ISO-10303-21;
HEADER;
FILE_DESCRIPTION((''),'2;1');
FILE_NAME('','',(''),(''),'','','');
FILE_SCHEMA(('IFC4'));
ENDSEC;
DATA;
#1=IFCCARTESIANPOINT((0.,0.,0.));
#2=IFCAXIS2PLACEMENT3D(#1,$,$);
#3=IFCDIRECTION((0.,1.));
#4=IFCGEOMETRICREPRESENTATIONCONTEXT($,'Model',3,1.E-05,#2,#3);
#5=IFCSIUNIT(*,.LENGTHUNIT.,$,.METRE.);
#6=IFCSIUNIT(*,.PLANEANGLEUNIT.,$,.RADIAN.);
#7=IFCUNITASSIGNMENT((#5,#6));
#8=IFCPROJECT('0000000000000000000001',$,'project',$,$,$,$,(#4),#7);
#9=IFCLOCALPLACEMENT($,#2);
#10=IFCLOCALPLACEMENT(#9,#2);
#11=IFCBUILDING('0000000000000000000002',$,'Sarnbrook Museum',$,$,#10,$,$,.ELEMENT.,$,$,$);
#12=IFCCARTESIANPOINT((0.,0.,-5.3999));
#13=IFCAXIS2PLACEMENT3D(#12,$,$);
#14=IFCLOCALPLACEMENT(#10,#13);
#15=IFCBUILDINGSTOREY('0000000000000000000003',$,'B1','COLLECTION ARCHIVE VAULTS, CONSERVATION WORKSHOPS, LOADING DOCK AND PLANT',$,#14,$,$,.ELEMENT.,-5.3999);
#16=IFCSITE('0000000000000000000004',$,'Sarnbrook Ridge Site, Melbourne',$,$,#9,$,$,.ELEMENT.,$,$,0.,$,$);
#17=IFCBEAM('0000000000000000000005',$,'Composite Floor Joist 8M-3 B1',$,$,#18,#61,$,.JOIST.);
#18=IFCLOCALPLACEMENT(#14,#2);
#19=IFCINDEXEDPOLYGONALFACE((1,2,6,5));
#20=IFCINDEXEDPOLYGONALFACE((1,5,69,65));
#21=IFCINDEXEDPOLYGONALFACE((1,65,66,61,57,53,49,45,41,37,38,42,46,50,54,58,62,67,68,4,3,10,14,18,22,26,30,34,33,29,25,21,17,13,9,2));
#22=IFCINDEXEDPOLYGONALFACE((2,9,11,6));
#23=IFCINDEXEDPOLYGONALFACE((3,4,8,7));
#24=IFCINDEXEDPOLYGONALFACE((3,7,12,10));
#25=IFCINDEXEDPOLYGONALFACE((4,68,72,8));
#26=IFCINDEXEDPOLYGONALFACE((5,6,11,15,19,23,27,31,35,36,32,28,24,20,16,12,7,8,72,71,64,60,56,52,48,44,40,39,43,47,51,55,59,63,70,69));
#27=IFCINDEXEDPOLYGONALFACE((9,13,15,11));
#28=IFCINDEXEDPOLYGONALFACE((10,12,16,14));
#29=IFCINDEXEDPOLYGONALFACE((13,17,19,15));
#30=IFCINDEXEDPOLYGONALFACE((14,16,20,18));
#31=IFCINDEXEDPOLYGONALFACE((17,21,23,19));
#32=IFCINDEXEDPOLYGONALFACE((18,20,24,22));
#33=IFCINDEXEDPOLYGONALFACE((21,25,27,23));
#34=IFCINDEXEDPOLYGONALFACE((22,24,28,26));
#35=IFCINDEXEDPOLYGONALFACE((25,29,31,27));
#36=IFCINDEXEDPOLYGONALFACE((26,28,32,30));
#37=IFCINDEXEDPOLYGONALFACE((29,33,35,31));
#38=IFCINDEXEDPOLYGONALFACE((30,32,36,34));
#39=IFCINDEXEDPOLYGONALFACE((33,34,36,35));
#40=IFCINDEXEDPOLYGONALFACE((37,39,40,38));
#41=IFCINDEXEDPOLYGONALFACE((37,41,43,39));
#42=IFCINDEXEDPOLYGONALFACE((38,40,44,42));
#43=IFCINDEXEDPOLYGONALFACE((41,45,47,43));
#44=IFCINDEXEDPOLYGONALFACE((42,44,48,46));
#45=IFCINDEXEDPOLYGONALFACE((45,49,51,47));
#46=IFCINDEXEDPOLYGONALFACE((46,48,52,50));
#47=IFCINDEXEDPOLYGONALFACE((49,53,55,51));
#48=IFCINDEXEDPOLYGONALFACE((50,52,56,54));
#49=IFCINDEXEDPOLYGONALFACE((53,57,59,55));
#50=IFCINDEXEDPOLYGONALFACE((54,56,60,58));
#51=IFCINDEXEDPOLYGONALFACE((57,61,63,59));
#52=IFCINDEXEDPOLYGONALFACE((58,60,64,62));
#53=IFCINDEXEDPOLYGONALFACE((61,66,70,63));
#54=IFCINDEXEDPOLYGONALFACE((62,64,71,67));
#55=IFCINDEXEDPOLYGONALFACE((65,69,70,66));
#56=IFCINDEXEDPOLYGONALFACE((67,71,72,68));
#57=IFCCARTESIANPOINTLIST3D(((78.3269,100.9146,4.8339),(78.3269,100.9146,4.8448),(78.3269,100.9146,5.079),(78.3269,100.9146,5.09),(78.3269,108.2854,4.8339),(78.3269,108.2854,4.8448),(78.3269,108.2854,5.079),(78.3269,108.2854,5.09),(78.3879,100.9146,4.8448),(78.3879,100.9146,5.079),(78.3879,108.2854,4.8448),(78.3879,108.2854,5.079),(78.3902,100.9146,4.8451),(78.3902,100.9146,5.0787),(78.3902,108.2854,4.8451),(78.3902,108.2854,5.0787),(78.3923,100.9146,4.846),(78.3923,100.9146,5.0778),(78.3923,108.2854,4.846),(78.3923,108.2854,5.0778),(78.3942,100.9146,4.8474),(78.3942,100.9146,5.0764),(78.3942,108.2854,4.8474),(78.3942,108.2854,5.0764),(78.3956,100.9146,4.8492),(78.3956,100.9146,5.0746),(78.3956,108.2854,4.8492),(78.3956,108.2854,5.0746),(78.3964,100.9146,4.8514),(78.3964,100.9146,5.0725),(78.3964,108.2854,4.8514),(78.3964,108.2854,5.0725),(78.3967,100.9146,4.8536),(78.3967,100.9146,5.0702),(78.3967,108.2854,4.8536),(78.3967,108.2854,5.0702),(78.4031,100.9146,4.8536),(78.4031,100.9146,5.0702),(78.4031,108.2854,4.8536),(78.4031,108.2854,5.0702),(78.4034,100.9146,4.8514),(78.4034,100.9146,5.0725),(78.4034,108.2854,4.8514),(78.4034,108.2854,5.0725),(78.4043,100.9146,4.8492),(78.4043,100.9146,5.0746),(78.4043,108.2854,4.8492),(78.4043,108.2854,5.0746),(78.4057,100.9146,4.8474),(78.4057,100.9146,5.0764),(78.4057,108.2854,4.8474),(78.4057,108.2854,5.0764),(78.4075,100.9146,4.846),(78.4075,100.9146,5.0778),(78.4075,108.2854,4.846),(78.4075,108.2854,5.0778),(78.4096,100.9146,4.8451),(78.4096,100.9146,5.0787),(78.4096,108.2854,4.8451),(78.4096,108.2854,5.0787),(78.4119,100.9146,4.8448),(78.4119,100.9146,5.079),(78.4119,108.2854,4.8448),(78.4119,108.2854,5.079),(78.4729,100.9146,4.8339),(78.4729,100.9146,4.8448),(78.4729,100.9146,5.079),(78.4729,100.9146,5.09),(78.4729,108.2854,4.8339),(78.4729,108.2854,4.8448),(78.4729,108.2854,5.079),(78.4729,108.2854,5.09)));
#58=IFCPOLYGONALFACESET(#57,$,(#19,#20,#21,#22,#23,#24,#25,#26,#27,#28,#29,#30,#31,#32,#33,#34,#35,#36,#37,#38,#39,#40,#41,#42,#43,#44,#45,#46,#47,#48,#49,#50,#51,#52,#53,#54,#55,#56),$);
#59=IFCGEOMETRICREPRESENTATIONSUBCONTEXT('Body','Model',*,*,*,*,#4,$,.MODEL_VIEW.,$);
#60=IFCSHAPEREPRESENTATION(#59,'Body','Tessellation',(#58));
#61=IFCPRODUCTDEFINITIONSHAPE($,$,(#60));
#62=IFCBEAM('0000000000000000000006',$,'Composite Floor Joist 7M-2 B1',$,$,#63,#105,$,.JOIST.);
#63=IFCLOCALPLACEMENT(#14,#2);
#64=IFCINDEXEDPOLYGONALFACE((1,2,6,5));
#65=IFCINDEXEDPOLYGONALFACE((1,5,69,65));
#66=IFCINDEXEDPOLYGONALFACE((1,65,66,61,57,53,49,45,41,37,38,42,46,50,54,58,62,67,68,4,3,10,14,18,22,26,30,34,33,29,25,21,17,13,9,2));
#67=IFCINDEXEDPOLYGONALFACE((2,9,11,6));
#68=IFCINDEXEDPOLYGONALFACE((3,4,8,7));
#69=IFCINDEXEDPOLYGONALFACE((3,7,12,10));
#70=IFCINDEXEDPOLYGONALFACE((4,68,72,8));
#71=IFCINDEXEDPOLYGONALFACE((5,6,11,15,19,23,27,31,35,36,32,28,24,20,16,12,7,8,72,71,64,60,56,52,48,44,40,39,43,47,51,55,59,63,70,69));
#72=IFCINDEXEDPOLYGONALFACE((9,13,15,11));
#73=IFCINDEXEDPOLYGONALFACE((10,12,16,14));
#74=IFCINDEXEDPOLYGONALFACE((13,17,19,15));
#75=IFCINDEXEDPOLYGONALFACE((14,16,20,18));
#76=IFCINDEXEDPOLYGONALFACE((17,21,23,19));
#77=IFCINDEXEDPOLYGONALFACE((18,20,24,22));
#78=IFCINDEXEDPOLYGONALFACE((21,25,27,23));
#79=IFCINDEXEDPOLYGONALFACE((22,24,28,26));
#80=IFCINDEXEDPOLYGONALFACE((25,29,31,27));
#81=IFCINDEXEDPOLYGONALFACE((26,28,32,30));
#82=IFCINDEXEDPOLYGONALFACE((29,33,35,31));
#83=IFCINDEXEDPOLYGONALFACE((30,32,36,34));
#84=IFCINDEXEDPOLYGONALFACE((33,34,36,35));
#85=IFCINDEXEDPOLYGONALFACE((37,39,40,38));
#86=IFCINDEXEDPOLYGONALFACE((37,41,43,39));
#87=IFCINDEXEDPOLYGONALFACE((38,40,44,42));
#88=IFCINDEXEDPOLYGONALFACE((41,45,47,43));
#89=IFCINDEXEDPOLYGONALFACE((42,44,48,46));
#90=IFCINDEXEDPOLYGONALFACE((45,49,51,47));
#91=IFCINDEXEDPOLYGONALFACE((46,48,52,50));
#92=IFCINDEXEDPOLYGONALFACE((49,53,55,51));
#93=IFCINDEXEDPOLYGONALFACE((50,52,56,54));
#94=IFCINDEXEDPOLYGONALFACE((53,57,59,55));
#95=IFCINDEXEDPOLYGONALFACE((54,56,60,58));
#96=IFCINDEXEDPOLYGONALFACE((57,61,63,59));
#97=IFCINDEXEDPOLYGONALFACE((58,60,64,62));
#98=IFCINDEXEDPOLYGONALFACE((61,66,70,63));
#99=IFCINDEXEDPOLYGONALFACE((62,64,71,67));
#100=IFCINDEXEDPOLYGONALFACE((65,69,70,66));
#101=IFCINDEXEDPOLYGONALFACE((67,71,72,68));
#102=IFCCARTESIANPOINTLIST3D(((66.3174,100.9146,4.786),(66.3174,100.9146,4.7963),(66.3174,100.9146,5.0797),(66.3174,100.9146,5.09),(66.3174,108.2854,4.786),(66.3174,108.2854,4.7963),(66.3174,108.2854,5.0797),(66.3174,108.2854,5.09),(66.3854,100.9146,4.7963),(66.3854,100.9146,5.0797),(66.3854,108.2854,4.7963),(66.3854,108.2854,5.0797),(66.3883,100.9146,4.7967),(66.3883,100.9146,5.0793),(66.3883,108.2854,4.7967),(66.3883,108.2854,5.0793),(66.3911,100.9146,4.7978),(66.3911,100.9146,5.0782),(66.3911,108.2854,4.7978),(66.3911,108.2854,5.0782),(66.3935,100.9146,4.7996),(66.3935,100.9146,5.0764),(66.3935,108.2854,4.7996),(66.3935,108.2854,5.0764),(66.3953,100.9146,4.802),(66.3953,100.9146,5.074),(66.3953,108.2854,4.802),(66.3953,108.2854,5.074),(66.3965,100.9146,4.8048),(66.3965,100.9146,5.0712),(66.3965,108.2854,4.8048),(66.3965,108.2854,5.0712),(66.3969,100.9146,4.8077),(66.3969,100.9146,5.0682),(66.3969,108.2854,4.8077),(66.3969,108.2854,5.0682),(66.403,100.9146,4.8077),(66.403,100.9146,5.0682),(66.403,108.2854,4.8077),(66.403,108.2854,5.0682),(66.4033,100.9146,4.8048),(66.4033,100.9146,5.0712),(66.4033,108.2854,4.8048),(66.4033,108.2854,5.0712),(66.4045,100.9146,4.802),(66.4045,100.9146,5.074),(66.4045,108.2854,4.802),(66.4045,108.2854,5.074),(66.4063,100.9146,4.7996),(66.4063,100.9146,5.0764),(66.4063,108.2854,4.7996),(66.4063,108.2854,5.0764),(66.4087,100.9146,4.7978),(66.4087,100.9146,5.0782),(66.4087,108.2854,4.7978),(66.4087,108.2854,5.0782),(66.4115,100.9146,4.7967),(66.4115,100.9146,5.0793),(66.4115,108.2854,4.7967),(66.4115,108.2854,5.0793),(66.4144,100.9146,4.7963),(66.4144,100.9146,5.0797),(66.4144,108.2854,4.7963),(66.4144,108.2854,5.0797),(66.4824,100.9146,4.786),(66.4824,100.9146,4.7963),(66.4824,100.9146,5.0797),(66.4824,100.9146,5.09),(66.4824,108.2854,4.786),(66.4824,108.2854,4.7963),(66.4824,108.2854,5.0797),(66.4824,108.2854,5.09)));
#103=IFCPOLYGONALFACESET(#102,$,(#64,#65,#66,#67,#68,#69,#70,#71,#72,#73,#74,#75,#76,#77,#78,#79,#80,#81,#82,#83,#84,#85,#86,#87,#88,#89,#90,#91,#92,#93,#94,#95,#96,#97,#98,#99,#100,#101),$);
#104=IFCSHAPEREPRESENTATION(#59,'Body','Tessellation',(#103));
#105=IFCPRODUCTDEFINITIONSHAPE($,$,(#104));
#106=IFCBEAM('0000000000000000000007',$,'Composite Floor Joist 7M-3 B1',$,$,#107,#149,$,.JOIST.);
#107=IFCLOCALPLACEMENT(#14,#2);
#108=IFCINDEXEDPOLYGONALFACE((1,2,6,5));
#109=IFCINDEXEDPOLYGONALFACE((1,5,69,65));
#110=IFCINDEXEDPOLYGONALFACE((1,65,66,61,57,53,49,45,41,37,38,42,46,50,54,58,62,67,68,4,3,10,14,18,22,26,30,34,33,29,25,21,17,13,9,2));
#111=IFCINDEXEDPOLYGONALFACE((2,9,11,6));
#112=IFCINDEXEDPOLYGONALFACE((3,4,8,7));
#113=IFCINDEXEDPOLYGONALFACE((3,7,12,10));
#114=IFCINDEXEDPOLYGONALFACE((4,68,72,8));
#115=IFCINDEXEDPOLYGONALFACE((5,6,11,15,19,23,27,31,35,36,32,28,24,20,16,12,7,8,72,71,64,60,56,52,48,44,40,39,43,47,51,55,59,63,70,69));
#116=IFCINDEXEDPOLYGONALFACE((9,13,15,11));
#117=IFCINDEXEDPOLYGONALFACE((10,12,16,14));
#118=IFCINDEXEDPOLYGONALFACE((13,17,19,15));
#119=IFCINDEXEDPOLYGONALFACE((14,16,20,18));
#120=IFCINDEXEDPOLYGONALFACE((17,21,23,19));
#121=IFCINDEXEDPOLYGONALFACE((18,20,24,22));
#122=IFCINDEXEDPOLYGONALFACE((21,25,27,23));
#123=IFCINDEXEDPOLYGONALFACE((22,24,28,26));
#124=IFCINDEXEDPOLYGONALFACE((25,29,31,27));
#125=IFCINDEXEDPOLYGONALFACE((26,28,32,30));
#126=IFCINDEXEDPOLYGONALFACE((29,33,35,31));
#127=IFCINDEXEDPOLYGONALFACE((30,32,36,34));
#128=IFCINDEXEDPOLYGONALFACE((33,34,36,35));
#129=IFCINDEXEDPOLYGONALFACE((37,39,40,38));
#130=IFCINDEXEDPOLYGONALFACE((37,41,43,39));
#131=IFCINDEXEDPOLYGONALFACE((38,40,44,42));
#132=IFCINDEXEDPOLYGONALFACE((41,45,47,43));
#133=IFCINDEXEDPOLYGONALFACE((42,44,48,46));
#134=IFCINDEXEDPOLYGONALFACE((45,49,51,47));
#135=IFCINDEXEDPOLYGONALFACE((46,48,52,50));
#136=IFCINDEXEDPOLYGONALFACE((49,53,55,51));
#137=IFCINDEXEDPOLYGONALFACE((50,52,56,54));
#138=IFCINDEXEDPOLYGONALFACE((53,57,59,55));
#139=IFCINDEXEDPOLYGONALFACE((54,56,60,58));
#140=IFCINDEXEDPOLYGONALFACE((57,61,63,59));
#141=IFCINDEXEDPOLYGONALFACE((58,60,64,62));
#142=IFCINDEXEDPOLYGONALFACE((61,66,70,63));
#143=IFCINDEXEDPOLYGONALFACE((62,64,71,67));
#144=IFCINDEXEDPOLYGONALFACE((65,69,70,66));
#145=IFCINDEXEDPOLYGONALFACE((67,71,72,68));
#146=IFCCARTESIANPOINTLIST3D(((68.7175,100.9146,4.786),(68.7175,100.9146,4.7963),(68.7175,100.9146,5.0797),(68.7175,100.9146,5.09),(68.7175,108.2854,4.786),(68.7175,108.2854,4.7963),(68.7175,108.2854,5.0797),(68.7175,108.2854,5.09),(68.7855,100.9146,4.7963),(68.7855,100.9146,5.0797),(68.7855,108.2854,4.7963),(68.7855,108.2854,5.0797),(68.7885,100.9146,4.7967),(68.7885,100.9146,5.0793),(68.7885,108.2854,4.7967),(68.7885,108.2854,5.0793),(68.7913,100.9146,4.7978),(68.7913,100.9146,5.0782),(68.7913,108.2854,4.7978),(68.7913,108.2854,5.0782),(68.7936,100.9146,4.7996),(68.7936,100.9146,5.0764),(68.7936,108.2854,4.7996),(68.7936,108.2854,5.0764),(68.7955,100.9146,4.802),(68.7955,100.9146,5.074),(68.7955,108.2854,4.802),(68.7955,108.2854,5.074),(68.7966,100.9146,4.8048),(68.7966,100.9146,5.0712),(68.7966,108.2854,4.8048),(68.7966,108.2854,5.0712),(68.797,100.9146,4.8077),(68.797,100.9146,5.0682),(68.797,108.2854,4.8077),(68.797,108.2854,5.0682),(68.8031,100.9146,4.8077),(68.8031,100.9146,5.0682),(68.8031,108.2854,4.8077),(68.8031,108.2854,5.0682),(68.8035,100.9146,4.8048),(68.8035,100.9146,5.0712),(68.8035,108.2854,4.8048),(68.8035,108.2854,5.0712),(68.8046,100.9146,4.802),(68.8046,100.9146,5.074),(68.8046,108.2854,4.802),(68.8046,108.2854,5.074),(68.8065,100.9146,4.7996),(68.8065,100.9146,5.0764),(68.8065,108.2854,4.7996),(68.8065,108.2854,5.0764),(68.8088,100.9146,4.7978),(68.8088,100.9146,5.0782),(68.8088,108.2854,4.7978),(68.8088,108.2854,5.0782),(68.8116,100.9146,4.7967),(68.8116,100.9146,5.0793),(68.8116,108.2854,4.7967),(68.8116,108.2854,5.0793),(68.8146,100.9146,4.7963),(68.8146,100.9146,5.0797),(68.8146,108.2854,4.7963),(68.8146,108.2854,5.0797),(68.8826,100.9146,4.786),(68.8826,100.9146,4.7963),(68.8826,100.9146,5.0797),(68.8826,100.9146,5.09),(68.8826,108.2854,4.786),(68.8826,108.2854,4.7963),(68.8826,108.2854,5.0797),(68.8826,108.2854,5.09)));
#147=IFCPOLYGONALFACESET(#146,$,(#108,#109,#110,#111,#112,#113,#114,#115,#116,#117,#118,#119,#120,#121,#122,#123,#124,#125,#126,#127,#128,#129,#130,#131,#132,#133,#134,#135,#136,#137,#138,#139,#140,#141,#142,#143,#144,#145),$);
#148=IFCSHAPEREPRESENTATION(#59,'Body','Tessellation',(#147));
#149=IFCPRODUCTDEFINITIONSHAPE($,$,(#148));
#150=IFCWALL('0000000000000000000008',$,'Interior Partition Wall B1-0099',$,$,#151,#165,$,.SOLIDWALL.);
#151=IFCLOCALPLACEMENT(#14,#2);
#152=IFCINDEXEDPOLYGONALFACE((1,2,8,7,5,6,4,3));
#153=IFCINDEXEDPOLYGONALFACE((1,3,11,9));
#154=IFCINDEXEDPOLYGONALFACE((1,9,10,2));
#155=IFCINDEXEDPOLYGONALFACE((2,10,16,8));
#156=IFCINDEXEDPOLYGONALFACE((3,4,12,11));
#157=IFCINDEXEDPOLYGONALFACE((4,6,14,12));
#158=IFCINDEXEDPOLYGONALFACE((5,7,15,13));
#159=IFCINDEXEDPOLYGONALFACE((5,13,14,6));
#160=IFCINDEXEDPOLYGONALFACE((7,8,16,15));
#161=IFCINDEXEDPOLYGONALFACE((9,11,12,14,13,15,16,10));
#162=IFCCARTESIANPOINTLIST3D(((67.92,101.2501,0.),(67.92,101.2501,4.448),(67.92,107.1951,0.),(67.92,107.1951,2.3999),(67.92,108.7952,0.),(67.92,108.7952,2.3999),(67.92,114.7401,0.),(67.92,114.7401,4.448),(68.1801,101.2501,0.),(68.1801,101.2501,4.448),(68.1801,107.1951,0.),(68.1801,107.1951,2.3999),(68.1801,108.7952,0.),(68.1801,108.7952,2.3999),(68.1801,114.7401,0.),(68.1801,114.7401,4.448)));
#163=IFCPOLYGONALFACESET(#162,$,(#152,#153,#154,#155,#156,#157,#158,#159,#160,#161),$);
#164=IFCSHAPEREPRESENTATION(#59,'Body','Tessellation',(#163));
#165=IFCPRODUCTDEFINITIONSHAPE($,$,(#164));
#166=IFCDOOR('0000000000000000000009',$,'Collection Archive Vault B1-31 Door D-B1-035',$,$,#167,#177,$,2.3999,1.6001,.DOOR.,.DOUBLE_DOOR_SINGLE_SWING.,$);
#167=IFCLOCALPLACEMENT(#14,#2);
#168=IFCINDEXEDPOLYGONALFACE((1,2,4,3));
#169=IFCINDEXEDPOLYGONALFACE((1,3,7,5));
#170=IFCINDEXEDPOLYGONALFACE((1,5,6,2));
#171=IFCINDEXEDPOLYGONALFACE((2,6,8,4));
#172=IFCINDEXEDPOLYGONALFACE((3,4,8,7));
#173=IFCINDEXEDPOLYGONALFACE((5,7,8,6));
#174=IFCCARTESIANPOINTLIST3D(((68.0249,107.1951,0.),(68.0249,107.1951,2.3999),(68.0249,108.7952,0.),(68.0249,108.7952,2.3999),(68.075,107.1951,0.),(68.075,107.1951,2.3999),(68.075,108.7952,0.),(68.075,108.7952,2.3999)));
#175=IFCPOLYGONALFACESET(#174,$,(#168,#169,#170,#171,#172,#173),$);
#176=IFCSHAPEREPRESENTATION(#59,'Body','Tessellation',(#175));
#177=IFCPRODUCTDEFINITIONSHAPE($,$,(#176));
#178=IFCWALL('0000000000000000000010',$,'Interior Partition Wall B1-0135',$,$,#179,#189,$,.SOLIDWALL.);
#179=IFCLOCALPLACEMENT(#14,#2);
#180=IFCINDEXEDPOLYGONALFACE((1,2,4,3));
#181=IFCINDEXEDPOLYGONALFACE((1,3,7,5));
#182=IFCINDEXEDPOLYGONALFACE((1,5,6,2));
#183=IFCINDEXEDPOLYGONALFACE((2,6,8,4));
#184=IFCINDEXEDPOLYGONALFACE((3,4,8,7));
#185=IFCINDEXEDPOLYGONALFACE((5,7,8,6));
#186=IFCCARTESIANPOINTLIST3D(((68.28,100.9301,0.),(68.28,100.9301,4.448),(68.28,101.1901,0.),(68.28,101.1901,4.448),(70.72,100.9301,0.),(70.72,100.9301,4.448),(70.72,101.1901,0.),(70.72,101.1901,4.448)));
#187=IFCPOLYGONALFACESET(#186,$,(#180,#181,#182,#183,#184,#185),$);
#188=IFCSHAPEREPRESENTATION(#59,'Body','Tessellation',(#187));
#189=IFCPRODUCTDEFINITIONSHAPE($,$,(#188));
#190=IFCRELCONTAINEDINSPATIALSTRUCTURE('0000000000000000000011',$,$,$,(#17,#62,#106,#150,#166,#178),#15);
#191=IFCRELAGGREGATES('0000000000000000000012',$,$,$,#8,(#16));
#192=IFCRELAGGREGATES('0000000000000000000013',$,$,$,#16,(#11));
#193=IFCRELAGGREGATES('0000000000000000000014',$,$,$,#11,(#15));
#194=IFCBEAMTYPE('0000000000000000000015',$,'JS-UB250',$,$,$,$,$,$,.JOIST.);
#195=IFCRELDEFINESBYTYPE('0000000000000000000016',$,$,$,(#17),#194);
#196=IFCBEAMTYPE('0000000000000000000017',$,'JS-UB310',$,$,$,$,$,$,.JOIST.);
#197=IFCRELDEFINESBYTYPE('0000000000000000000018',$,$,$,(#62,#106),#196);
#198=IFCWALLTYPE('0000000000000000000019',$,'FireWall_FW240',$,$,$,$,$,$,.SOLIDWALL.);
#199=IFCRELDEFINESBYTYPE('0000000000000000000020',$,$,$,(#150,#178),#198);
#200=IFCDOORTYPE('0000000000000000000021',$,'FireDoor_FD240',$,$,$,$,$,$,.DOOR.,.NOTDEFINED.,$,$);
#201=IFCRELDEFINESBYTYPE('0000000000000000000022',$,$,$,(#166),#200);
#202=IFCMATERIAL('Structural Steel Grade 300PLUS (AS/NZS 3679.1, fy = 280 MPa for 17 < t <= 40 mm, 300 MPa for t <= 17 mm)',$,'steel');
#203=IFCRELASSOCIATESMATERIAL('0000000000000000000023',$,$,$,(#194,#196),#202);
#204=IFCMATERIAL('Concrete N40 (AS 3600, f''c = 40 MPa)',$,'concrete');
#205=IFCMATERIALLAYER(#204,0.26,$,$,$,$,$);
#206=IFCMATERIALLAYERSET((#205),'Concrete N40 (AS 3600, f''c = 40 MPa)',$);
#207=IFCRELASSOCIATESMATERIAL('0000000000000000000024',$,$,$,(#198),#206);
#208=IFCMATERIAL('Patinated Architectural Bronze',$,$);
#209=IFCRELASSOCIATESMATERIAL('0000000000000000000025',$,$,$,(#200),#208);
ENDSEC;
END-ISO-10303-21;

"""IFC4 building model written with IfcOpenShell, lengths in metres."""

from ifc_helpers import new_model, si_unit, direction, frame, frame_2d, origin, origin_2d, place, context, subcontext, project, spatial, rectangle, i_section, extrude, material, layer, layer_set, material_profile, profile_set, type_object, element, fill, save


model = new_model("IFC4")

# Units and contexts
model_context = context("Model", 3, precision=1e-05, world=origin(), true_north=direction((0.0, 1.0)))
body_context = subcontext(model_context, "Body", "Model", "MODEL_VIEW")
ifc_project = project(units=[si_unit("LENGTHUNIT", "METRE"), si_unit("PLANEANGLEUNIT", "RADIAN")], contexts=[model_context])

# Site, building, storey
site_placement = place(None, origin())
site = spatial("IfcSite", under=ifc_project, at=site_placement, Name="Sarnbrook Ridge Site, Melbourne", CompositionType="ELEMENT", RefElevation=0.0)
building_placement = place(site_placement, origin())
building = spatial("IfcBuilding", under=site, at=building_placement, Name="Sarnbrook Museum", CompositionType="ELEMENT")
storey_placement = place(building_placement, frame((0.0, 0.0, -5.3999)))
storey = spatial("IfcBuildingStorey", under=building, at=storey_placement, Name="B1", Description="COLLECTION ARCHIVE VAULTS, CONSERVATION WORKSHOPS, LOADING DOCK AND PLANT", CompositionType="ELEMENT", Elevation=-5.3999)

# Shared definitions
ifc_material_1 = material(Name="Concrete N40 (AS 3600, f'c = 40 MPa)", Category="concrete")

# Beams
ifc_material_2 = material(Name="Structural Steel Grade 300PLUS (AS/NZS 3679.1, fy = 280 MPa for 17 < t <= 40 mm, 300 MPa for t <= 17 mm)", Category="steel")
ifc_material_profile_1 = material_profile(ifc_material_2, i_section(OverallWidth=0.146, OverallDepth=0.2561, WebThickness=0.0063, FlangeThickness=0.011, FilletRadius=0.0088, at=origin_2d()), Name="250UB37.3")
ifc_profile_set_1 = profile_set([ifc_material_profile_1], Name="Structural Steel Grade 300PLUS (AS/NZS 3679.1, fy = 280 MPa for 17 < t <= 40 mm, 300 MPa for t <= 17 mm)")
beam_type_1 = type_object("IfcBeamType", Name="JS-UB250", PredefinedType="JOIST", material=ifc_profile_set_1)
for number, where, z_axis, x_axis, name in (
    (1, (78.3999, 100.9146, 4.9619), (0.0, 1.0, 0.0), (-1.0, 0.0, 0.0), "Composite Floor Joist 8M-3 B1"),
):
    element("IfcBeam", number, at=place(storey_placement, frame(where, z_axis=z_axis, x_axis=x_axis)), inside=storey, type_object=beam_type_1, Name=name, PredefinedType="JOIST", context=body_context, shape_type="SweptSolid", body=[
        extrude(i_section(OverallWidth=0.146, OverallDepth=0.2561, WebThickness=0.0063, FlangeThickness=0.011, FilletRadius=0.0088, at=origin_2d()), origin(), (0.0, 0.0, 1.0), 7.3708),
    ])
ifc_material_profile_2 = material_profile(ifc_material_2, i_section(OverallWidth=0.165, OverallDepth=0.304, WebThickness=0.0061, FlangeThickness=0.0103, FilletRadius=0.0115, at=origin_2d()), Name="310UB40.4")
ifc_profile_set_2 = profile_set([ifc_material_profile_2], Name="Structural Steel Grade 300PLUS (AS/NZS 3679.1, fy = 280 MPa for 17 < t <= 40 mm, 300 MPa for t <= 17 mm)")
beam_type_2 = type_object("IfcBeamType", Name="JS-UB310", PredefinedType="JOIST", material=ifc_profile_set_2)
for number, where, z_axis, x_axis, name in (
    (2, (66.3999, 100.9146, 4.938), (0.0, 1.0, 0.0), (-1.0, 0.0, 0.0), "Composite Floor Joist 7M-2 B1"),
    (3, (68.8, 100.9146, 4.938), (0.0, 1.0, 0.0), (-1.0, 0.0, 0.0), "Composite Floor Joist 7M-3 B1"),
):
    element("IfcBeam", number, at=place(storey_placement, frame(where, z_axis=z_axis, x_axis=x_axis)), inside=storey, type_object=beam_type_2, Name=name, PredefinedType="JOIST", context=body_context, shape_type="SweptSolid", body=[
        extrude(i_section(OverallWidth=0.165, OverallDepth=0.304, WebThickness=0.0061, FlangeThickness=0.0103, FilletRadius=0.0115, at=origin_2d()), origin(), (0.0, 0.0, 1.0), 7.3708),
    ])

# Wall, opening, door
ifc_layer_1 = layer(ifc_material_1, 0.26)
ifc_layer_set_1 = layer_set([ifc_layer_1], Name="Concrete N40 (AS 3600, f'c = 40 MPa)")
wall_type_1 = type_object("IfcWallType", Name="FireWall_FW240", PredefinedType="SOLIDWALL", material=ifc_layer_set_1)
wall_1_placement = place(storey_placement, frame((68.05, 101.25, 0.0), z_axis=(0.0, 0.0, 1.0), x_axis=(0.0, 1.0, 0.0)))
wall_1 = element("IfcWall", 4, at=wall_1_placement, inside=storey, type_object=wall_type_1, Name="Interior Partition Wall B1-0099", PredefinedType="SOLIDWALL", context=body_context, shape_type="SweptSolid", body=[
    extrude(rectangle(XDim=13.49, YDim=0.26, at=frame_2d((6.7451, 0.0))), origin(), (0.0, 0.0, 1.0), 4.448),
])
opening_placement = place(wall_1_placement, frame((5.9451, 0.0, 0.0)))
opening = element("IfcOpeningElement", 5, at=opening_placement, cuts=wall_1, PredefinedType="OPENING", context=body_context, shape_type="SweptSolid", body=[
    extrude(rectangle(XDim=1.6001, YDim=2.3999, at=frame_2d((0.8, 1.2))), frame((0.0, 0.1401, 0.0), z_axis=(0.0, -1.0, 0.0), x_axis=(1.0, 0.0, 0.0)), (0.0, 0.0, 1.0), 0.28),
])
ifc_material_3 = material(Name="Patinated Architectural Bronze")
door_type = type_object("IfcDoorType", Name="FireDoor_FD240", OperationType="NOTDEFINED", PredefinedType="DOOR", material=ifc_material_3)
door_placement = place(opening_placement, frame((1.6001, 0.0, 0.0), z_axis=(0.0, 0.0, 1.0), x_axis=(-1.0, 0.0, 0.0)))
door = element("IfcDoor", 6, at=door_placement, inside=storey, type_object=door_type, Name="Collection Archive Vault B1-31 Door D-B1-035", OperationType="DOUBLE_DOOR_SINGLE_SWING", OverallHeight=2.3999, OverallWidth=1.6001, PredefinedType="DOOR", context=body_context, shape_type="SweptSolid", body=[
    extrude(rectangle(XDim=1.6001, YDim=2.3999, at=frame_2d((0.8, 1.2))), frame((0.0, 0.0249, 0.0), z_axis=(0.0, -1.0, 0.0), x_axis=(1.0, 0.0, 0.0)), (0.0, 0.0, 1.0), 0.05),
])
fill(opening, door)

# Wall
wall_2_placement = place(storey_placement, frame((68.28, 101.0601, 0.0), z_axis=(0.0, 0.0, 1.0), x_axis=(1.0, 0.0, 0.0)))
element("IfcWall", 7, at=wall_2_placement, inside=storey, type_object=wall_type_1, Name="Interior Partition Wall B1-0135", PredefinedType="SOLIDWALL", context=body_context, shape_type="SweptSolid", body=[
    extrude(rectangle(XDim=2.4399, YDim=0.26, at=frame_2d((1.22, 0.0))), origin(), (0.0, 0.0, 1.0), 4.448),
])

save(model, "model.ifc")
